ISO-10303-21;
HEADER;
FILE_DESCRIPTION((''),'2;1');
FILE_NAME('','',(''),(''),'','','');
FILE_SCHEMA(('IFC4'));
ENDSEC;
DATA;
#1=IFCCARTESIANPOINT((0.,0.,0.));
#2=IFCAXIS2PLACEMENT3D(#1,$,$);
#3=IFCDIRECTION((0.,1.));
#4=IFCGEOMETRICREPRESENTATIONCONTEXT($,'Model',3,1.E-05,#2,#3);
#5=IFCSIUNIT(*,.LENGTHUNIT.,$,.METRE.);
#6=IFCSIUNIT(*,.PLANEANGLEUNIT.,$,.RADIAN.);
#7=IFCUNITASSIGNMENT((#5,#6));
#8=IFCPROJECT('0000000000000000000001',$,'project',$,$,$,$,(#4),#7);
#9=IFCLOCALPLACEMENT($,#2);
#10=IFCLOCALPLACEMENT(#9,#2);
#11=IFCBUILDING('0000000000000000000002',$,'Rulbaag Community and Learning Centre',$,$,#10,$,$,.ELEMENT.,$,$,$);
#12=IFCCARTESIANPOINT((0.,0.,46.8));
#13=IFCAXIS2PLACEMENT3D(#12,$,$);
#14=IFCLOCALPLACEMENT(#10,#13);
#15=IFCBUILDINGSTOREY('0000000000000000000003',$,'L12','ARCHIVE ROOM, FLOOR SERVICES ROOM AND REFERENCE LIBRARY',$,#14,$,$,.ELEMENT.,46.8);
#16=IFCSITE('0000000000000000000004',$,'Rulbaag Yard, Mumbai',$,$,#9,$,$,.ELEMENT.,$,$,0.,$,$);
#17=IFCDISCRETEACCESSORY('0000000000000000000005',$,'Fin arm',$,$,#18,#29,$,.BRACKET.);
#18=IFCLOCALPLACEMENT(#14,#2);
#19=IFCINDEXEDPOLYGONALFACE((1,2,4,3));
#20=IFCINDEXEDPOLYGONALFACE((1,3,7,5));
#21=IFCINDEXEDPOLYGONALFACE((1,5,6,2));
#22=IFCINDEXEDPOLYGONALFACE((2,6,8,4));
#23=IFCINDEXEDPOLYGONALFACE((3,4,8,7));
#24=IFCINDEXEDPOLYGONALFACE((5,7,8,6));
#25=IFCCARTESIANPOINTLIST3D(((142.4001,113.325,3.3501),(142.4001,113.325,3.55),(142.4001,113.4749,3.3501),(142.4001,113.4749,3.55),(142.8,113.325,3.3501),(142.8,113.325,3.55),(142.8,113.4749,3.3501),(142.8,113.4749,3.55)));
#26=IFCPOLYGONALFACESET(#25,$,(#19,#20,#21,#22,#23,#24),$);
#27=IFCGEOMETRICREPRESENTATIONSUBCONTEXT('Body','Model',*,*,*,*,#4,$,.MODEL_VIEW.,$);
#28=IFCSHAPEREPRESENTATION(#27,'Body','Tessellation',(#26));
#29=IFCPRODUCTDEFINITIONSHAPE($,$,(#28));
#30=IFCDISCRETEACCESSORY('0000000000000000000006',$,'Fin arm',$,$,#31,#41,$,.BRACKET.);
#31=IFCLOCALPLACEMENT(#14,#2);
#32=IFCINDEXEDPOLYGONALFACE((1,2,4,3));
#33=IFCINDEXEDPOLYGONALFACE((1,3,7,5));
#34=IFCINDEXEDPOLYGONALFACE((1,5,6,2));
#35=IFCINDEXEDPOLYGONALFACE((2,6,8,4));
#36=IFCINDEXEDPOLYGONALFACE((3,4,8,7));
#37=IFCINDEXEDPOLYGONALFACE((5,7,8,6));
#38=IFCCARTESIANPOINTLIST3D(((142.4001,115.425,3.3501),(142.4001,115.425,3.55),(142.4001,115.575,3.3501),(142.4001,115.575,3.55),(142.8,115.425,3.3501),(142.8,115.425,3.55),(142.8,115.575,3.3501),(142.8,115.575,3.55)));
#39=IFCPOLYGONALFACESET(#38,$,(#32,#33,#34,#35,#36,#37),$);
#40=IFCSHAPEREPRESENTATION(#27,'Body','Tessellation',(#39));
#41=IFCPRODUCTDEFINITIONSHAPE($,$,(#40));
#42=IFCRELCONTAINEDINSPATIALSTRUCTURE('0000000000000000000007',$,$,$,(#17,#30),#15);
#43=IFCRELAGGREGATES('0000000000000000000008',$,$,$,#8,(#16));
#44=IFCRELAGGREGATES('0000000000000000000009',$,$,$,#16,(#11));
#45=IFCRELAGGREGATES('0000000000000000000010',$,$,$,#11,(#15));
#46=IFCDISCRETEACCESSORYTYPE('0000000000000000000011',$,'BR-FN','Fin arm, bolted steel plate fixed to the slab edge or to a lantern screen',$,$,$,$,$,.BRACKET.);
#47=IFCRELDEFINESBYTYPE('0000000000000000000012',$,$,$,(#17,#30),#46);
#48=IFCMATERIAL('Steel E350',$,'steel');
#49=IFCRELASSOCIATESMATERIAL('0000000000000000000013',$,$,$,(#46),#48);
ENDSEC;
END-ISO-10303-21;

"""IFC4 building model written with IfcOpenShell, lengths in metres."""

from ifc_helpers import new_model, si_unit, direction, frame, origin, origin_2d, place, context, subcontext, project, spatial, rectangle, extrude, material, type_object, element, save


model = new_model("IFC4")

# Units and contexts
model_context = context("Model", 3, precision=1e-05, world=origin(), true_north=direction((0.0, 1.0)))
body_context = subcontext(model_context, "Body", "Model", "MODEL_VIEW")
ifc_project = project(units=[si_unit("LENGTHUNIT", "METRE"), si_unit("PLANEANGLEUNIT", "RADIAN")], contexts=[model_context])

# Site, building, storey
site_placement = place(None, origin())
site = spatial("IfcSite", under=ifc_project, at=site_placement, Name="Rulbaag Yard, Mumbai", CompositionType="ELEMENT", RefElevation=0.0)
building_placement = place(site_placement, origin())
building = spatial("IfcBuilding", under=site, at=building_placement, Name="Rulbaag Community and Learning Centre", CompositionType="ELEMENT")
storey_placement = place(building_placement, frame((0.0, 0.0, 46.8)))
storey = spatial("IfcBuildingStorey", under=building, at=storey_placement, Name="L12", Description="ARCHIVE ROOM, FLOOR SERVICES ROOM AND REFERENCE LIBRARY", CompositionType="ELEMENT", Elevation=46.8)

# Discrete accessories
ifc_material_1 = material(Name="Steel E350", Category="steel")
discrete_accessory_type = type_object("IfcDiscreteAccessoryType", Name="BR-FN", Description="Fin arm, bolted steel plate fixed to the slab edge or to a lantern screen", PredefinedType="BRACKET", material=ifc_material_1)
for number, where, z_axis, x_axis, name in (
    (1, (142.6001, 113.3999, 3.3501), (0.0, 0.0, 1.0), (1.0, 0.0, 0.0), "Fin arm"),
    (2, (142.6001, 115.5, 3.3501), (0.0, 0.0, 1.0), (1.0, 0.0, 0.0), "Fin arm"),
):
    element("IfcDiscreteAccessory", number, at=place(storey_placement, frame(where, z_axis=z_axis, x_axis=x_axis)), inside=storey, type_object=discrete_accessory_type, Name=name, PredefinedType="BRACKET", context=body_context, shape_type="SweptSolid", body=[
        extrude(rectangle(XDim=0.3999, YDim=0.1499, at=origin_2d()), origin(), (0.0, 0.0, 1.0), 0.2),
    ])

save(model, "model.ifc")
